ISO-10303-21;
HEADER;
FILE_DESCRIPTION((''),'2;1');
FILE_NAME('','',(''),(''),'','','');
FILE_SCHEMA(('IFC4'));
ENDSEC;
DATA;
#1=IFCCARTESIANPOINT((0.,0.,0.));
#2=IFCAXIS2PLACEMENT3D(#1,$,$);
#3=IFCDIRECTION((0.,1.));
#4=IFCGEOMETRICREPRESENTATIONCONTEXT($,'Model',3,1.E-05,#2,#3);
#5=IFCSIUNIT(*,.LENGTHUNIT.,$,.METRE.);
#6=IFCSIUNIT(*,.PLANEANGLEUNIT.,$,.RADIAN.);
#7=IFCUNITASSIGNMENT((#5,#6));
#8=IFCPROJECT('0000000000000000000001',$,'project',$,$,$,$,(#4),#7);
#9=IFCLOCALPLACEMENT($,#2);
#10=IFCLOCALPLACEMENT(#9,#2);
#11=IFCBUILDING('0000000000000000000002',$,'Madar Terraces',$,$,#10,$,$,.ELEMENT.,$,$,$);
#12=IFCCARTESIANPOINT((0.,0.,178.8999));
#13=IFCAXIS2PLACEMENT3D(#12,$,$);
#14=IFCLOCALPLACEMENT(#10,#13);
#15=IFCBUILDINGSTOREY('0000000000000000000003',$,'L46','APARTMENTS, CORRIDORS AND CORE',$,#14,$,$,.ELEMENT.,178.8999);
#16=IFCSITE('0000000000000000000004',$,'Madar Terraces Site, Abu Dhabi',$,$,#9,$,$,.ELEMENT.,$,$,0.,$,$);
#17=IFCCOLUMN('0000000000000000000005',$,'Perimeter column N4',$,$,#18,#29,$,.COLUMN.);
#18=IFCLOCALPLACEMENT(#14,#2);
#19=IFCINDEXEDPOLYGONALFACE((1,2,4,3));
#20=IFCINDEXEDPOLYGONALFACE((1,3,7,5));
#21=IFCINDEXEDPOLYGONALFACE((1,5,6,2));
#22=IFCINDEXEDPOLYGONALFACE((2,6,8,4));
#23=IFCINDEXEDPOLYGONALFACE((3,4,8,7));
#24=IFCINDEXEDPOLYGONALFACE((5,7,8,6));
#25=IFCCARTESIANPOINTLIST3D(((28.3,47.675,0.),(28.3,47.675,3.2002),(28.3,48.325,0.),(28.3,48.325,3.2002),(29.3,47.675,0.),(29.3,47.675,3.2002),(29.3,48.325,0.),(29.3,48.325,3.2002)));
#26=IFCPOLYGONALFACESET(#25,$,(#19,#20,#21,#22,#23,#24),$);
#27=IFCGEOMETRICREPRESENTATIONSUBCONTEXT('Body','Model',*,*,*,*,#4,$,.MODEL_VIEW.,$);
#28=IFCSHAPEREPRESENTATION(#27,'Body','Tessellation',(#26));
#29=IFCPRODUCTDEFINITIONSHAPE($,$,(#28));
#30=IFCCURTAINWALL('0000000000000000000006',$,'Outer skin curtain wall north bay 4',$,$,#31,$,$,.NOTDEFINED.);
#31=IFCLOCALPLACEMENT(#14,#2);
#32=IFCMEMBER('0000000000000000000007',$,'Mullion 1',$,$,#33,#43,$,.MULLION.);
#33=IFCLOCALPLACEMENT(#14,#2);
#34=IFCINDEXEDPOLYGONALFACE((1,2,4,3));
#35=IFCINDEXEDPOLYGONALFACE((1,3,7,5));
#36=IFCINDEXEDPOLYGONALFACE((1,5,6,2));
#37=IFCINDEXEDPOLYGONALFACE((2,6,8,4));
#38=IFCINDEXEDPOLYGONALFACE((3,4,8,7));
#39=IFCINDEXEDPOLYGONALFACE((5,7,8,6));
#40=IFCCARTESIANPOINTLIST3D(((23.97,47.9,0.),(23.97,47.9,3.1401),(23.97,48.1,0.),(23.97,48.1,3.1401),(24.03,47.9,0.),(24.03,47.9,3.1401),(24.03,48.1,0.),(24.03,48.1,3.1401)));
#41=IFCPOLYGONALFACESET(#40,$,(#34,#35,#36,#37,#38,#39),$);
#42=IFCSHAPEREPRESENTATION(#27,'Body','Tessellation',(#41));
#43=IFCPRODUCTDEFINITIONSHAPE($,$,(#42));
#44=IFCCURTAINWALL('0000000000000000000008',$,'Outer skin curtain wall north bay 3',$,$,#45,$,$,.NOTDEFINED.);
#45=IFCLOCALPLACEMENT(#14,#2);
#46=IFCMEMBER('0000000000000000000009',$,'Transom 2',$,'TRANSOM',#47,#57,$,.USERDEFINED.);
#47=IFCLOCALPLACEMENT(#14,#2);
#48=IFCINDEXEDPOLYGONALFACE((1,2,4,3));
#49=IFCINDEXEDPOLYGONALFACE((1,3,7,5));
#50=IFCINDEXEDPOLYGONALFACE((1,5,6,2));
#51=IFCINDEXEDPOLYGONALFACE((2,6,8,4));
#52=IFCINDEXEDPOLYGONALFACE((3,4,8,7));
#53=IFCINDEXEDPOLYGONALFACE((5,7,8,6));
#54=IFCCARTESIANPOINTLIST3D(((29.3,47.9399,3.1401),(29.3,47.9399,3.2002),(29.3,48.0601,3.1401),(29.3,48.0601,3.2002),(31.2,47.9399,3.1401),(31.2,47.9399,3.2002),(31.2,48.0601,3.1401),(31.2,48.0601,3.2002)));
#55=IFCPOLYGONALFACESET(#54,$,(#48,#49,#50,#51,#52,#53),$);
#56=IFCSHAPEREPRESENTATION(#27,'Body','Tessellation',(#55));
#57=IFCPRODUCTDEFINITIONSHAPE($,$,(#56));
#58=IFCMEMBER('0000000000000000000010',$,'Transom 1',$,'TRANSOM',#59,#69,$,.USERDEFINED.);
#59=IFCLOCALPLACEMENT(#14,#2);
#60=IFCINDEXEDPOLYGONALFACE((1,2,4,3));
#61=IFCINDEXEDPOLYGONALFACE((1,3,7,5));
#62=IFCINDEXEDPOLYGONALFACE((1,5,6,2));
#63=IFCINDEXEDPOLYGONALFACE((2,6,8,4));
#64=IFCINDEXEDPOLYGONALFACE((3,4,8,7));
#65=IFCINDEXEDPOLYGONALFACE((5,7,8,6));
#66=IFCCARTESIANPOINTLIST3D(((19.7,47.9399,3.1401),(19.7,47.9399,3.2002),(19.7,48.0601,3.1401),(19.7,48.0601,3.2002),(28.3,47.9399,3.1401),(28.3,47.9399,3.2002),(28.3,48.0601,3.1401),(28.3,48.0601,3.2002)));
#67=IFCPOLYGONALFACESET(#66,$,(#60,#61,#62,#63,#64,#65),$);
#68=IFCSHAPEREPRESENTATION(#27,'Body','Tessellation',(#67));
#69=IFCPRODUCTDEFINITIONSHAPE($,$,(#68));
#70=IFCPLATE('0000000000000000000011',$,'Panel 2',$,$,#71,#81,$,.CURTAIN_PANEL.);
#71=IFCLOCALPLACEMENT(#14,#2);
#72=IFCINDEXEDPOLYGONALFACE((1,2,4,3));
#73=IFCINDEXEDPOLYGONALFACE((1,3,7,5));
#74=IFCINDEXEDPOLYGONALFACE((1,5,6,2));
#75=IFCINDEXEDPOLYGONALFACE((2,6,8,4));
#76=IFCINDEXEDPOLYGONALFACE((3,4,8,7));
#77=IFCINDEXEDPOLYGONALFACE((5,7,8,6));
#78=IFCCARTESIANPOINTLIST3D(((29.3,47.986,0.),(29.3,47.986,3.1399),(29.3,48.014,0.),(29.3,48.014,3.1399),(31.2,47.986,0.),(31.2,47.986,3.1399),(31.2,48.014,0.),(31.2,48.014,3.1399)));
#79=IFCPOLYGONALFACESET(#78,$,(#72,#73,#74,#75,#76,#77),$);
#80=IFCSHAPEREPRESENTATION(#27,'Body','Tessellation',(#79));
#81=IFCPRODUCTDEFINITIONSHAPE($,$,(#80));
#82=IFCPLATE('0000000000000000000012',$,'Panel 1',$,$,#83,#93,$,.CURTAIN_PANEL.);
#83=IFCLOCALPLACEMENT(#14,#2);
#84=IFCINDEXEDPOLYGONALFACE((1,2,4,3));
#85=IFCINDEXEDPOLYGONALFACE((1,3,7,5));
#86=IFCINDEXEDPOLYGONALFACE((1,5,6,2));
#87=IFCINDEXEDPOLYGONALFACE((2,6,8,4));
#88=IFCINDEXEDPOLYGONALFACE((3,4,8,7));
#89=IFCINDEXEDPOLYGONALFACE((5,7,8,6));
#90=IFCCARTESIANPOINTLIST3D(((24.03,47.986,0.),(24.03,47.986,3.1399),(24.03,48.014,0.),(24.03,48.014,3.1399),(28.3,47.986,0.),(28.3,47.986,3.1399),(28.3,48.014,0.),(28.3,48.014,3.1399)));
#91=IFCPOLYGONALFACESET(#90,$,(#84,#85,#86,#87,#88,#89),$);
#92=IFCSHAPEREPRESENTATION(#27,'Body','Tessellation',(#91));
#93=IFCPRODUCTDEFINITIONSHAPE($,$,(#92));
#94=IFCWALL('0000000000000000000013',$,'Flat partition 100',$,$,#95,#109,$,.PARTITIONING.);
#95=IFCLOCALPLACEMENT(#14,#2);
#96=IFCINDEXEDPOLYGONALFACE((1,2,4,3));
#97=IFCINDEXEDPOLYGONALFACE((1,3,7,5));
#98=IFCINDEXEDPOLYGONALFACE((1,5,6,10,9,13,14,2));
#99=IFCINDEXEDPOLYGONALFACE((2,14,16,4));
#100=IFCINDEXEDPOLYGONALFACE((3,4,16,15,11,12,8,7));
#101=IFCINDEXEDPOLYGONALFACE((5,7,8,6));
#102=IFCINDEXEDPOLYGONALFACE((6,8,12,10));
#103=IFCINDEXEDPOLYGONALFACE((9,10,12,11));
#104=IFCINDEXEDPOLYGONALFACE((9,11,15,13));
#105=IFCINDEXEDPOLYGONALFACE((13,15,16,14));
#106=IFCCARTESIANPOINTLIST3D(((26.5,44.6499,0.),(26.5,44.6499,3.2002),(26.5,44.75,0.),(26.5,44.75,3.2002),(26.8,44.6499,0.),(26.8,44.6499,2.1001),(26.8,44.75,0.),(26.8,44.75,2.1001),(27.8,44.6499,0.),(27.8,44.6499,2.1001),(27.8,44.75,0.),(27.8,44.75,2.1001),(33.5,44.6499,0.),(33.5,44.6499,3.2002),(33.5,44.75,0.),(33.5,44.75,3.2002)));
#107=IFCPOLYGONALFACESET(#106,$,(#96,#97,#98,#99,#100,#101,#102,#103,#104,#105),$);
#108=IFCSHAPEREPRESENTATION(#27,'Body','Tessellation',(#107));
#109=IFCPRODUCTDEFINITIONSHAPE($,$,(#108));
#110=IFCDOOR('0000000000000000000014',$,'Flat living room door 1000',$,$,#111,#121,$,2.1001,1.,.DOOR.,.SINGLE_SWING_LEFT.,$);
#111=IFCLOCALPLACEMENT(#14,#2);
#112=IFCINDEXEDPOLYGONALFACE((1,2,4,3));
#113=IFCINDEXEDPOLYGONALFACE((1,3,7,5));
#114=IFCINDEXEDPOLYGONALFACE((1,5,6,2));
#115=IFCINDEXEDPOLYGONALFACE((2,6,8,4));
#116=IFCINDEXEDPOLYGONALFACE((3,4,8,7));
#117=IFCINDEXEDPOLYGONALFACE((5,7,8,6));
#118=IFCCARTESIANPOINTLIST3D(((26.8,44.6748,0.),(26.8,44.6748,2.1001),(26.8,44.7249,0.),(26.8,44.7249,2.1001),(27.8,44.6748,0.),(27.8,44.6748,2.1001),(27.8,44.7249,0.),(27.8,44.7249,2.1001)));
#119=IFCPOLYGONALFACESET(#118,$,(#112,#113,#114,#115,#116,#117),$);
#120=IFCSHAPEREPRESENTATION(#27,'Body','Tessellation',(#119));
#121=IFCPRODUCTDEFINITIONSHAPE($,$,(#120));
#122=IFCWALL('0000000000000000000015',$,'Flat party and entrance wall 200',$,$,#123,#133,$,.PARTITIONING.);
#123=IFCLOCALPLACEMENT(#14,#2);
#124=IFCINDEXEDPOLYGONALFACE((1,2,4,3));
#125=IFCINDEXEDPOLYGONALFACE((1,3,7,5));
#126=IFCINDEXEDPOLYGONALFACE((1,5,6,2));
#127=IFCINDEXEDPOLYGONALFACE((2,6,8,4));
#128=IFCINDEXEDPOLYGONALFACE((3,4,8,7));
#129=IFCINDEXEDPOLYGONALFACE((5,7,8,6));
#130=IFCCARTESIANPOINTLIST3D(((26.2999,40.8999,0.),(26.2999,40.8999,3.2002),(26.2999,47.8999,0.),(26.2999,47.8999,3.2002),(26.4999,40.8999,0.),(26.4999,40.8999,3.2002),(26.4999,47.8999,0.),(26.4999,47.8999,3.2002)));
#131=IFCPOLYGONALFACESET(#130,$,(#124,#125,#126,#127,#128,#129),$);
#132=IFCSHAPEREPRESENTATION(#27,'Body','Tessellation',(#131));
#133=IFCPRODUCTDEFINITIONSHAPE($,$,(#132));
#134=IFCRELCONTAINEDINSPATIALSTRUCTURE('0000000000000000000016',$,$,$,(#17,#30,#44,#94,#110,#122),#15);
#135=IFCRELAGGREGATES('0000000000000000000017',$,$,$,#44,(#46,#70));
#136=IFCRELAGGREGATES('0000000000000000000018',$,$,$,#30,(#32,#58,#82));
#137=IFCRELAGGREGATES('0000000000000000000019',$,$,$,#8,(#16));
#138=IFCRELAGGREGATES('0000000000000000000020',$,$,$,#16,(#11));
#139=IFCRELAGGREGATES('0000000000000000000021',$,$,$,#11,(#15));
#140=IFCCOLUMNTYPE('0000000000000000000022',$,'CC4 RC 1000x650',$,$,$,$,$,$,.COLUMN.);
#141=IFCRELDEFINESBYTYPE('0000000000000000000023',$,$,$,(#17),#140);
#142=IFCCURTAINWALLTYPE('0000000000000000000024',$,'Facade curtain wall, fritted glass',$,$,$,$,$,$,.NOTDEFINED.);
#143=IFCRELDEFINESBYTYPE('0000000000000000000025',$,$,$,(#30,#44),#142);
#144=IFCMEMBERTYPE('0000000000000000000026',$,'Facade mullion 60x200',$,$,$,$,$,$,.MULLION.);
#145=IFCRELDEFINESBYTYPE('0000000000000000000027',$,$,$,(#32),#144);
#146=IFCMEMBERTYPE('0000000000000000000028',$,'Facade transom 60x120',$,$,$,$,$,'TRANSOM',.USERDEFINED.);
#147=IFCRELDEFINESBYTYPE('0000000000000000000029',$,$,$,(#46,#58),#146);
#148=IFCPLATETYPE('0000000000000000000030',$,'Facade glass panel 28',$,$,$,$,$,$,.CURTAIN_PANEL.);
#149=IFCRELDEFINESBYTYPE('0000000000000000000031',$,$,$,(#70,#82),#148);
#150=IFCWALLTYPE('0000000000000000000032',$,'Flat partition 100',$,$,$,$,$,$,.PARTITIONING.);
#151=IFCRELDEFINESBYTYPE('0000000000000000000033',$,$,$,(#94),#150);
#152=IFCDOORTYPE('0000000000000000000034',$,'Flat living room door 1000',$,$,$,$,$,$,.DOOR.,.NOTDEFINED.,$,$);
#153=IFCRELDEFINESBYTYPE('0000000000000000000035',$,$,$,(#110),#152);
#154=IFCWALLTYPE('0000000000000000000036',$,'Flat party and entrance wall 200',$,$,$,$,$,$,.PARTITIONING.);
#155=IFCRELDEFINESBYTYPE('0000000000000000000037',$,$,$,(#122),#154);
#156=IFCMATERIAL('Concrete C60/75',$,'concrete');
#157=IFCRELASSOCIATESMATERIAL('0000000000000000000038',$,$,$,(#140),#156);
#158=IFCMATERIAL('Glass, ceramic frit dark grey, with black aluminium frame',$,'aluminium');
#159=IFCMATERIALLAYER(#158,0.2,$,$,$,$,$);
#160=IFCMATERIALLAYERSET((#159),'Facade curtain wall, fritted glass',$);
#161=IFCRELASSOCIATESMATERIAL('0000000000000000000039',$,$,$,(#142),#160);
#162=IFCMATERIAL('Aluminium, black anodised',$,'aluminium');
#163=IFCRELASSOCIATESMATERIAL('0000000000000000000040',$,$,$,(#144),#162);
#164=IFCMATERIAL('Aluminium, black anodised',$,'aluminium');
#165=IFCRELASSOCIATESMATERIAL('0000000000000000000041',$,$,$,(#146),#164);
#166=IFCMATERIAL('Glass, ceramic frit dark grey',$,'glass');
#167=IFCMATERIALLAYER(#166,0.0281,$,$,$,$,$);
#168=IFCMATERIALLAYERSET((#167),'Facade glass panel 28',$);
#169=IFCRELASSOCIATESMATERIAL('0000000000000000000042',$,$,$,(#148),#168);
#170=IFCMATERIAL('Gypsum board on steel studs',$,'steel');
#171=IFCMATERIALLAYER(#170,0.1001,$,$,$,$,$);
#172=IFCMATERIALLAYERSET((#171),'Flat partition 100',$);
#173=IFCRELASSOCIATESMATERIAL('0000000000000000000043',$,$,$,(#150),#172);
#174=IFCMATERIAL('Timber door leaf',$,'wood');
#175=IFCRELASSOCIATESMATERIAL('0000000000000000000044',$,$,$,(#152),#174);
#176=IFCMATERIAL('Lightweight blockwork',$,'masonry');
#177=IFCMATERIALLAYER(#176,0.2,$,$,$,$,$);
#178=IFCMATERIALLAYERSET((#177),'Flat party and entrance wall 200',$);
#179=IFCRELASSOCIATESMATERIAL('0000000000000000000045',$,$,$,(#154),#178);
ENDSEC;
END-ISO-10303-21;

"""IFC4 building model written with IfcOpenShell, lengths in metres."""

from ifc_helpers import new_model, si_unit, direction, frame, frame_2d, origin, origin_2d, place, context, subcontext, project, spatial, rectangle, extrude, material, layer, layer_set, material_profile, profile_set, type_object, element, fill, aggregate, save


model = new_model("IFC4")

# Units and contexts
model_context = context("Model", 3, precision=1e-05, world=origin(), true_north=direction((0.0, 1.0)))
body_context = subcontext(model_context, "Body", "Model", "MODEL_VIEW")
ifc_project = project(units=[si_unit("LENGTHUNIT", "METRE"), si_unit("PLANEANGLEUNIT", "RADIAN")], contexts=[model_context])

# Site, building, storey
site_placement = place(None, origin())
site = spatial("IfcSite", under=ifc_project, at=site_placement, Name="Madar Terraces Site, Abu Dhabi", CompositionType="ELEMENT", RefElevation=0.0)
building_placement = place(site_placement, origin())
building = spatial("IfcBuilding", under=site, at=building_placement, Name="Madar Terraces", CompositionType="ELEMENT")
storey_placement = place(building_placement, frame((0.0, 0.0, 178.8999)))
storey = spatial("IfcBuildingStorey", under=building, at=storey_placement, Name="L46", Description="APARTMENTS, CORRIDORS AND CORE", CompositionType="ELEMENT", Elevation=178.8999)

# Column
ifc_material_1 = material(Name="Concrete C60/75", Category="concrete")
ifc_material_profile_1 = material_profile(ifc_material_1, rectangle(XDim=1.0, YDim=0.6499, at=origin_2d()), Name="CC4 RC 1000x650")
ifc_profile_set_1 = profile_set([ifc_material_profile_1], Name="Concrete C60/75")
column_type = type_object("IfcColumnType", Name="CC4 RC 1000x650", PredefinedType="COLUMN", material=ifc_profile_set_1)
column_placement = place(storey_placement, frame((28.8, 48.0, 0.0), z_axis=(0.0, 0.0, 1.0), x_axis=(1.0, 0.0, 0.0)))
element("IfcColumn", 1, at=column_placement, inside=storey, type_object=column_type, Name="Perimeter column N4", PredefinedType="COLUMN", context=body_context, shape_type="SweptSolid", body=[
    extrude(rectangle(XDim=1.0, YDim=0.6499, at=origin_2d()), origin(), (0.0, 0.0, 1.0), 3.2002),
])

# Curtain walls, members
ifc_material_2 = material(Name="Glass, ceramic frit dark grey, with black aluminium frame", Category="aluminium")
ifc_layer_1 = layer(ifc_material_2, 0.2)
ifc_layer_set_1 = layer_set([ifc_layer_1], Name="Facade curtain wall, fritted glass")
curtain_wall_type = type_object("IfcCurtainWallType", Name="Facade curtain wall, fritted glass", PredefinedType="NOTDEFINED", material=ifc_layer_set_1)
curtain_wall_1_placement = place(storey_placement, origin())
curtain_wall_1 = element("IfcCurtainWall", 2, at=curtain_wall_1_placement, inside=storey, type_object=curtain_wall_type, Name="Outer skin curtain wall north bay 4", PredefinedType="NOTDEFINED")
ifc_material_3 = material(Name="Aluminium, black anodised", Category="aluminium")
ifc_material_profile_2 = material_profile(ifc_material_3, rectangle(XDim=0.2, YDim=0.0601, at=origin_2d()), Name="Facade mullion 60x200")
ifc_profile_set_2 = profile_set([ifc_material_profile_2], Name="Aluminium, black anodised")
member_type_1 = type_object("IfcMemberType", Name="Facade mullion 60x200", PredefinedType="MULLION", material=ifc_profile_set_2)
member_1_placement = place(storey_placement, frame((24.0, 48.0, 0.0), z_axis=(0.0, 0.0, 1.0), x_axis=(0.0, -1.0, 0.0)))
member_1 = element("IfcMember", 3, at=member_1_placement, type_object=member_type_1, Name="Mullion 1", PredefinedType="MULLION", context=body_context, shape_type="SweptSolid", body=[
    extrude(rectangle(XDim=0.2, YDim=0.0601, at=origin_2d()), origin(), (0.0, 0.0, 1.0), 3.1401),
])
curtain_wall_2_placement = place(storey_placement, origin())
curtain_wall_2 = element("IfcCurtainWall", 4, at=curtain_wall_2_placement, inside=storey, type_object=curtain_wall_type, Name="Outer skin curtain wall north bay 3", PredefinedType="NOTDEFINED")
ifc_material_4 = material(Name="Aluminium, black anodised", Category="aluminium")
ifc_material_profile_3 = material_profile(ifc_material_4, rectangle(XDim=0.1201, YDim=0.0601, at=origin_2d()), Name="Facade transom 60x120")
ifc_profile_set_3 = profile_set([ifc_material_profile_3], Name="Aluminium, black anodised")
member_type_2 = type_object("IfcMemberType", Name="Facade transom 60x120", ElementType="TRANSOM", PredefinedType="USERDEFINED", material=ifc_profile_set_3)
member_2_placement = place(storey_placement, frame((31.2, 48.0, 3.1702), z_axis=(-1.0, 0.0, 0.0), x_axis=(0.0, -1.0, 0.0)))
member_2 = element("IfcMember", 5, at=member_2_placement, type_object=member_type_2, Name="Transom 2", ObjectType="TRANSOM", PredefinedType="USERDEFINED", context=body_context, shape_type="SweptSolid", body=[
    extrude(rectangle(XDim=0.1201, YDim=0.0601, at=origin_2d()), origin(), (0.0, 0.0, 1.0), 1.8999),
])

# Member
member_3_placement = place(storey_placement, frame((28.3, 48.0, 3.1702), z_axis=(-1.0, 0.0, 0.0), x_axis=(0.0, -1.0, 0.0)))
member_3 = element("IfcMember", 6, at=member_3_placement, type_object=member_type_2, Name="Transom 1", ObjectType="TRANSOM", PredefinedType="USERDEFINED", context=body_context, shape_type="SweptSolid", body=[
    extrude(rectangle(XDim=0.1201, YDim=0.0601, at=origin_2d()), origin(), (0.0, 0.0, 1.0), 8.6001),
])

# Plates
ifc_material_5 = material(Name="Glass, ceramic frit dark grey", Category="glass")
ifc_layer_2 = layer(ifc_material_5, 0.0281)
ifc_layer_set_2 = layer_set([ifc_layer_2], Name="Facade glass panel 28")
plate_type = type_object("IfcPlateType", Name="Facade glass panel 28", PredefinedType="CURTAIN_PANEL", material=ifc_layer_set_2)
plate_1_placement = place(storey_placement, frame((30.25, 48.0, 0.0), z_axis=(0.0, 0.0, 1.0), x_axis=(-1.0, 0.0, 0.0)))
plate_1 = element("IfcPlate", 7, at=plate_1_placement, type_object=plate_type, Name="Panel 2", PredefinedType="CURTAIN_PANEL", context=body_context, shape_type="SweptSolid", body=[
    extrude(rectangle(XDim=1.8999, YDim=0.0281, at=origin_2d()), origin(), (0.0, 0.0, 1.0), 3.1399),
])
aggregate(curtain_wall_2, [member_2, plate_1])
plate_2_placement = place(storey_placement, frame((26.165, 48.0, 0.0), z_axis=(0.0, 0.0, 1.0), x_axis=(-1.0, 0.0, 0.0)))
plate_2 = element("IfcPlate", 8, at=plate_2_placement, type_object=plate_type, Name="Panel 1", PredefinedType="CURTAIN_PANEL", context=body_context, shape_type="SweptSolid", body=[
    extrude(rectangle(XDim=4.27, YDim=0.0281, at=origin_2d()), origin(), (0.0, 0.0, 1.0), 3.1399),
])
aggregate(curtain_wall_1, [member_1, member_3, plate_2])

# Wall, opening, door
ifc_material_6 = material(Name="Gypsum board on steel studs", Category="steel")
ifc_layer_3 = layer(ifc_material_6, 0.1001)
ifc_layer_set_3 = layer_set([ifc_layer_3], Name="Flat partition 100")
wall_type_1 = type_object("IfcWallType", Name="Flat partition 100", PredefinedType="PARTITIONING", material=ifc_layer_set_3)
wall_1_placement = place(storey_placement, frame((26.5, 44.7, 0.0), z_axis=(0.0, 0.0, 1.0), x_axis=(1.0, 0.0, 0.0)))
wall_1 = element("IfcWall", 9, at=wall_1_placement, inside=storey, type_object=wall_type_1, Name="Flat partition 100", PredefinedType="PARTITIONING", context=body_context, shape_type="SweptSolid", body=[
    extrude(rectangle(XDim=7.0, YDim=0.1001, at=frame_2d((3.5, 0.0))), origin(), (0.0, 0.0, 1.0), 3.2002),
])
opening_1_placement = place(wall_1_placement, frame((0.3, 0.0, 0.0)))
opening_1 = element("IfcOpeningElement", 10, at=opening_1_placement, cuts=wall_1, PredefinedType="OPENING", context=body_context, shape_type="SweptSolid", body=[
    extrude(rectangle(XDim=1.0, YDim=2.1001, at=frame_2d((0.5, 1.05))), frame((0.0, 0.0601, 0.0), z_axis=(0.0, -1.0, 0.0), x_axis=(1.0, 0.0, 0.0)), (0.0, 0.0, 1.0), 0.1201),
])
ifc_material_7 = material(Name="Timber door leaf", Category="wood")
door_type_1 = type_object("IfcDoorType", Name="Flat living room door 1000", OperationType="NOTDEFINED", PredefinedType="DOOR", material=ifc_material_7)
door_1_placement = place(opening_1_placement, origin())
door_1 = element("IfcDoor", 11, at=door_1_placement, inside=storey, type_object=door_type_1, Name="Flat living room door 1000", OperationType="SINGLE_SWING_LEFT", OverallHeight=2.1001, OverallWidth=1.0, PredefinedType="DOOR", context=body_context, shape_type="SweptSolid", body=[
    extrude(rectangle(XDim=1.0, YDim=2.1001, at=frame_2d((0.5, 1.05))), frame((0.0, 0.0249, 0.0), z_axis=(0.0, -1.0, 0.0), x_axis=(1.0, 0.0, 0.0)), (0.0, 0.0, 1.0), 0.05),
])
fill(opening_1, door_1)

# Wall
ifc_material_8 = material(Name="Lightweight blockwork", Category="masonry")
ifc_layer_4 = layer(ifc_material_8, 0.2)
ifc_layer_set_4 = layer_set([ifc_layer_4], Name="Flat party and entrance wall 200")
wall_type_2 = type_object("IfcWallType", Name="Flat party and entrance wall 200", PredefinedType="PARTITIONING", material=ifc_layer_set_4)
wall_2_placement = place(storey_placement, frame((26.3999, 47.8999, 0.0), z_axis=(0.0, 0.0, 1.0), x_axis=(0.0, -1.0, 0.0)))
element("IfcWall", 12, at=wall_2_placement, inside=storey, type_object=wall_type_2, Name="Flat party and entrance wall 200", PredefinedType="PARTITIONING", context=body_context, shape_type="SweptSolid", body=[
    extrude(rectangle(XDim=7.0, YDim=0.2, at=frame_2d((3.5, 0.0))), origin(), (0.0, 0.0, 1.0), 3.2002),
])

save(model, "model.ifc")
